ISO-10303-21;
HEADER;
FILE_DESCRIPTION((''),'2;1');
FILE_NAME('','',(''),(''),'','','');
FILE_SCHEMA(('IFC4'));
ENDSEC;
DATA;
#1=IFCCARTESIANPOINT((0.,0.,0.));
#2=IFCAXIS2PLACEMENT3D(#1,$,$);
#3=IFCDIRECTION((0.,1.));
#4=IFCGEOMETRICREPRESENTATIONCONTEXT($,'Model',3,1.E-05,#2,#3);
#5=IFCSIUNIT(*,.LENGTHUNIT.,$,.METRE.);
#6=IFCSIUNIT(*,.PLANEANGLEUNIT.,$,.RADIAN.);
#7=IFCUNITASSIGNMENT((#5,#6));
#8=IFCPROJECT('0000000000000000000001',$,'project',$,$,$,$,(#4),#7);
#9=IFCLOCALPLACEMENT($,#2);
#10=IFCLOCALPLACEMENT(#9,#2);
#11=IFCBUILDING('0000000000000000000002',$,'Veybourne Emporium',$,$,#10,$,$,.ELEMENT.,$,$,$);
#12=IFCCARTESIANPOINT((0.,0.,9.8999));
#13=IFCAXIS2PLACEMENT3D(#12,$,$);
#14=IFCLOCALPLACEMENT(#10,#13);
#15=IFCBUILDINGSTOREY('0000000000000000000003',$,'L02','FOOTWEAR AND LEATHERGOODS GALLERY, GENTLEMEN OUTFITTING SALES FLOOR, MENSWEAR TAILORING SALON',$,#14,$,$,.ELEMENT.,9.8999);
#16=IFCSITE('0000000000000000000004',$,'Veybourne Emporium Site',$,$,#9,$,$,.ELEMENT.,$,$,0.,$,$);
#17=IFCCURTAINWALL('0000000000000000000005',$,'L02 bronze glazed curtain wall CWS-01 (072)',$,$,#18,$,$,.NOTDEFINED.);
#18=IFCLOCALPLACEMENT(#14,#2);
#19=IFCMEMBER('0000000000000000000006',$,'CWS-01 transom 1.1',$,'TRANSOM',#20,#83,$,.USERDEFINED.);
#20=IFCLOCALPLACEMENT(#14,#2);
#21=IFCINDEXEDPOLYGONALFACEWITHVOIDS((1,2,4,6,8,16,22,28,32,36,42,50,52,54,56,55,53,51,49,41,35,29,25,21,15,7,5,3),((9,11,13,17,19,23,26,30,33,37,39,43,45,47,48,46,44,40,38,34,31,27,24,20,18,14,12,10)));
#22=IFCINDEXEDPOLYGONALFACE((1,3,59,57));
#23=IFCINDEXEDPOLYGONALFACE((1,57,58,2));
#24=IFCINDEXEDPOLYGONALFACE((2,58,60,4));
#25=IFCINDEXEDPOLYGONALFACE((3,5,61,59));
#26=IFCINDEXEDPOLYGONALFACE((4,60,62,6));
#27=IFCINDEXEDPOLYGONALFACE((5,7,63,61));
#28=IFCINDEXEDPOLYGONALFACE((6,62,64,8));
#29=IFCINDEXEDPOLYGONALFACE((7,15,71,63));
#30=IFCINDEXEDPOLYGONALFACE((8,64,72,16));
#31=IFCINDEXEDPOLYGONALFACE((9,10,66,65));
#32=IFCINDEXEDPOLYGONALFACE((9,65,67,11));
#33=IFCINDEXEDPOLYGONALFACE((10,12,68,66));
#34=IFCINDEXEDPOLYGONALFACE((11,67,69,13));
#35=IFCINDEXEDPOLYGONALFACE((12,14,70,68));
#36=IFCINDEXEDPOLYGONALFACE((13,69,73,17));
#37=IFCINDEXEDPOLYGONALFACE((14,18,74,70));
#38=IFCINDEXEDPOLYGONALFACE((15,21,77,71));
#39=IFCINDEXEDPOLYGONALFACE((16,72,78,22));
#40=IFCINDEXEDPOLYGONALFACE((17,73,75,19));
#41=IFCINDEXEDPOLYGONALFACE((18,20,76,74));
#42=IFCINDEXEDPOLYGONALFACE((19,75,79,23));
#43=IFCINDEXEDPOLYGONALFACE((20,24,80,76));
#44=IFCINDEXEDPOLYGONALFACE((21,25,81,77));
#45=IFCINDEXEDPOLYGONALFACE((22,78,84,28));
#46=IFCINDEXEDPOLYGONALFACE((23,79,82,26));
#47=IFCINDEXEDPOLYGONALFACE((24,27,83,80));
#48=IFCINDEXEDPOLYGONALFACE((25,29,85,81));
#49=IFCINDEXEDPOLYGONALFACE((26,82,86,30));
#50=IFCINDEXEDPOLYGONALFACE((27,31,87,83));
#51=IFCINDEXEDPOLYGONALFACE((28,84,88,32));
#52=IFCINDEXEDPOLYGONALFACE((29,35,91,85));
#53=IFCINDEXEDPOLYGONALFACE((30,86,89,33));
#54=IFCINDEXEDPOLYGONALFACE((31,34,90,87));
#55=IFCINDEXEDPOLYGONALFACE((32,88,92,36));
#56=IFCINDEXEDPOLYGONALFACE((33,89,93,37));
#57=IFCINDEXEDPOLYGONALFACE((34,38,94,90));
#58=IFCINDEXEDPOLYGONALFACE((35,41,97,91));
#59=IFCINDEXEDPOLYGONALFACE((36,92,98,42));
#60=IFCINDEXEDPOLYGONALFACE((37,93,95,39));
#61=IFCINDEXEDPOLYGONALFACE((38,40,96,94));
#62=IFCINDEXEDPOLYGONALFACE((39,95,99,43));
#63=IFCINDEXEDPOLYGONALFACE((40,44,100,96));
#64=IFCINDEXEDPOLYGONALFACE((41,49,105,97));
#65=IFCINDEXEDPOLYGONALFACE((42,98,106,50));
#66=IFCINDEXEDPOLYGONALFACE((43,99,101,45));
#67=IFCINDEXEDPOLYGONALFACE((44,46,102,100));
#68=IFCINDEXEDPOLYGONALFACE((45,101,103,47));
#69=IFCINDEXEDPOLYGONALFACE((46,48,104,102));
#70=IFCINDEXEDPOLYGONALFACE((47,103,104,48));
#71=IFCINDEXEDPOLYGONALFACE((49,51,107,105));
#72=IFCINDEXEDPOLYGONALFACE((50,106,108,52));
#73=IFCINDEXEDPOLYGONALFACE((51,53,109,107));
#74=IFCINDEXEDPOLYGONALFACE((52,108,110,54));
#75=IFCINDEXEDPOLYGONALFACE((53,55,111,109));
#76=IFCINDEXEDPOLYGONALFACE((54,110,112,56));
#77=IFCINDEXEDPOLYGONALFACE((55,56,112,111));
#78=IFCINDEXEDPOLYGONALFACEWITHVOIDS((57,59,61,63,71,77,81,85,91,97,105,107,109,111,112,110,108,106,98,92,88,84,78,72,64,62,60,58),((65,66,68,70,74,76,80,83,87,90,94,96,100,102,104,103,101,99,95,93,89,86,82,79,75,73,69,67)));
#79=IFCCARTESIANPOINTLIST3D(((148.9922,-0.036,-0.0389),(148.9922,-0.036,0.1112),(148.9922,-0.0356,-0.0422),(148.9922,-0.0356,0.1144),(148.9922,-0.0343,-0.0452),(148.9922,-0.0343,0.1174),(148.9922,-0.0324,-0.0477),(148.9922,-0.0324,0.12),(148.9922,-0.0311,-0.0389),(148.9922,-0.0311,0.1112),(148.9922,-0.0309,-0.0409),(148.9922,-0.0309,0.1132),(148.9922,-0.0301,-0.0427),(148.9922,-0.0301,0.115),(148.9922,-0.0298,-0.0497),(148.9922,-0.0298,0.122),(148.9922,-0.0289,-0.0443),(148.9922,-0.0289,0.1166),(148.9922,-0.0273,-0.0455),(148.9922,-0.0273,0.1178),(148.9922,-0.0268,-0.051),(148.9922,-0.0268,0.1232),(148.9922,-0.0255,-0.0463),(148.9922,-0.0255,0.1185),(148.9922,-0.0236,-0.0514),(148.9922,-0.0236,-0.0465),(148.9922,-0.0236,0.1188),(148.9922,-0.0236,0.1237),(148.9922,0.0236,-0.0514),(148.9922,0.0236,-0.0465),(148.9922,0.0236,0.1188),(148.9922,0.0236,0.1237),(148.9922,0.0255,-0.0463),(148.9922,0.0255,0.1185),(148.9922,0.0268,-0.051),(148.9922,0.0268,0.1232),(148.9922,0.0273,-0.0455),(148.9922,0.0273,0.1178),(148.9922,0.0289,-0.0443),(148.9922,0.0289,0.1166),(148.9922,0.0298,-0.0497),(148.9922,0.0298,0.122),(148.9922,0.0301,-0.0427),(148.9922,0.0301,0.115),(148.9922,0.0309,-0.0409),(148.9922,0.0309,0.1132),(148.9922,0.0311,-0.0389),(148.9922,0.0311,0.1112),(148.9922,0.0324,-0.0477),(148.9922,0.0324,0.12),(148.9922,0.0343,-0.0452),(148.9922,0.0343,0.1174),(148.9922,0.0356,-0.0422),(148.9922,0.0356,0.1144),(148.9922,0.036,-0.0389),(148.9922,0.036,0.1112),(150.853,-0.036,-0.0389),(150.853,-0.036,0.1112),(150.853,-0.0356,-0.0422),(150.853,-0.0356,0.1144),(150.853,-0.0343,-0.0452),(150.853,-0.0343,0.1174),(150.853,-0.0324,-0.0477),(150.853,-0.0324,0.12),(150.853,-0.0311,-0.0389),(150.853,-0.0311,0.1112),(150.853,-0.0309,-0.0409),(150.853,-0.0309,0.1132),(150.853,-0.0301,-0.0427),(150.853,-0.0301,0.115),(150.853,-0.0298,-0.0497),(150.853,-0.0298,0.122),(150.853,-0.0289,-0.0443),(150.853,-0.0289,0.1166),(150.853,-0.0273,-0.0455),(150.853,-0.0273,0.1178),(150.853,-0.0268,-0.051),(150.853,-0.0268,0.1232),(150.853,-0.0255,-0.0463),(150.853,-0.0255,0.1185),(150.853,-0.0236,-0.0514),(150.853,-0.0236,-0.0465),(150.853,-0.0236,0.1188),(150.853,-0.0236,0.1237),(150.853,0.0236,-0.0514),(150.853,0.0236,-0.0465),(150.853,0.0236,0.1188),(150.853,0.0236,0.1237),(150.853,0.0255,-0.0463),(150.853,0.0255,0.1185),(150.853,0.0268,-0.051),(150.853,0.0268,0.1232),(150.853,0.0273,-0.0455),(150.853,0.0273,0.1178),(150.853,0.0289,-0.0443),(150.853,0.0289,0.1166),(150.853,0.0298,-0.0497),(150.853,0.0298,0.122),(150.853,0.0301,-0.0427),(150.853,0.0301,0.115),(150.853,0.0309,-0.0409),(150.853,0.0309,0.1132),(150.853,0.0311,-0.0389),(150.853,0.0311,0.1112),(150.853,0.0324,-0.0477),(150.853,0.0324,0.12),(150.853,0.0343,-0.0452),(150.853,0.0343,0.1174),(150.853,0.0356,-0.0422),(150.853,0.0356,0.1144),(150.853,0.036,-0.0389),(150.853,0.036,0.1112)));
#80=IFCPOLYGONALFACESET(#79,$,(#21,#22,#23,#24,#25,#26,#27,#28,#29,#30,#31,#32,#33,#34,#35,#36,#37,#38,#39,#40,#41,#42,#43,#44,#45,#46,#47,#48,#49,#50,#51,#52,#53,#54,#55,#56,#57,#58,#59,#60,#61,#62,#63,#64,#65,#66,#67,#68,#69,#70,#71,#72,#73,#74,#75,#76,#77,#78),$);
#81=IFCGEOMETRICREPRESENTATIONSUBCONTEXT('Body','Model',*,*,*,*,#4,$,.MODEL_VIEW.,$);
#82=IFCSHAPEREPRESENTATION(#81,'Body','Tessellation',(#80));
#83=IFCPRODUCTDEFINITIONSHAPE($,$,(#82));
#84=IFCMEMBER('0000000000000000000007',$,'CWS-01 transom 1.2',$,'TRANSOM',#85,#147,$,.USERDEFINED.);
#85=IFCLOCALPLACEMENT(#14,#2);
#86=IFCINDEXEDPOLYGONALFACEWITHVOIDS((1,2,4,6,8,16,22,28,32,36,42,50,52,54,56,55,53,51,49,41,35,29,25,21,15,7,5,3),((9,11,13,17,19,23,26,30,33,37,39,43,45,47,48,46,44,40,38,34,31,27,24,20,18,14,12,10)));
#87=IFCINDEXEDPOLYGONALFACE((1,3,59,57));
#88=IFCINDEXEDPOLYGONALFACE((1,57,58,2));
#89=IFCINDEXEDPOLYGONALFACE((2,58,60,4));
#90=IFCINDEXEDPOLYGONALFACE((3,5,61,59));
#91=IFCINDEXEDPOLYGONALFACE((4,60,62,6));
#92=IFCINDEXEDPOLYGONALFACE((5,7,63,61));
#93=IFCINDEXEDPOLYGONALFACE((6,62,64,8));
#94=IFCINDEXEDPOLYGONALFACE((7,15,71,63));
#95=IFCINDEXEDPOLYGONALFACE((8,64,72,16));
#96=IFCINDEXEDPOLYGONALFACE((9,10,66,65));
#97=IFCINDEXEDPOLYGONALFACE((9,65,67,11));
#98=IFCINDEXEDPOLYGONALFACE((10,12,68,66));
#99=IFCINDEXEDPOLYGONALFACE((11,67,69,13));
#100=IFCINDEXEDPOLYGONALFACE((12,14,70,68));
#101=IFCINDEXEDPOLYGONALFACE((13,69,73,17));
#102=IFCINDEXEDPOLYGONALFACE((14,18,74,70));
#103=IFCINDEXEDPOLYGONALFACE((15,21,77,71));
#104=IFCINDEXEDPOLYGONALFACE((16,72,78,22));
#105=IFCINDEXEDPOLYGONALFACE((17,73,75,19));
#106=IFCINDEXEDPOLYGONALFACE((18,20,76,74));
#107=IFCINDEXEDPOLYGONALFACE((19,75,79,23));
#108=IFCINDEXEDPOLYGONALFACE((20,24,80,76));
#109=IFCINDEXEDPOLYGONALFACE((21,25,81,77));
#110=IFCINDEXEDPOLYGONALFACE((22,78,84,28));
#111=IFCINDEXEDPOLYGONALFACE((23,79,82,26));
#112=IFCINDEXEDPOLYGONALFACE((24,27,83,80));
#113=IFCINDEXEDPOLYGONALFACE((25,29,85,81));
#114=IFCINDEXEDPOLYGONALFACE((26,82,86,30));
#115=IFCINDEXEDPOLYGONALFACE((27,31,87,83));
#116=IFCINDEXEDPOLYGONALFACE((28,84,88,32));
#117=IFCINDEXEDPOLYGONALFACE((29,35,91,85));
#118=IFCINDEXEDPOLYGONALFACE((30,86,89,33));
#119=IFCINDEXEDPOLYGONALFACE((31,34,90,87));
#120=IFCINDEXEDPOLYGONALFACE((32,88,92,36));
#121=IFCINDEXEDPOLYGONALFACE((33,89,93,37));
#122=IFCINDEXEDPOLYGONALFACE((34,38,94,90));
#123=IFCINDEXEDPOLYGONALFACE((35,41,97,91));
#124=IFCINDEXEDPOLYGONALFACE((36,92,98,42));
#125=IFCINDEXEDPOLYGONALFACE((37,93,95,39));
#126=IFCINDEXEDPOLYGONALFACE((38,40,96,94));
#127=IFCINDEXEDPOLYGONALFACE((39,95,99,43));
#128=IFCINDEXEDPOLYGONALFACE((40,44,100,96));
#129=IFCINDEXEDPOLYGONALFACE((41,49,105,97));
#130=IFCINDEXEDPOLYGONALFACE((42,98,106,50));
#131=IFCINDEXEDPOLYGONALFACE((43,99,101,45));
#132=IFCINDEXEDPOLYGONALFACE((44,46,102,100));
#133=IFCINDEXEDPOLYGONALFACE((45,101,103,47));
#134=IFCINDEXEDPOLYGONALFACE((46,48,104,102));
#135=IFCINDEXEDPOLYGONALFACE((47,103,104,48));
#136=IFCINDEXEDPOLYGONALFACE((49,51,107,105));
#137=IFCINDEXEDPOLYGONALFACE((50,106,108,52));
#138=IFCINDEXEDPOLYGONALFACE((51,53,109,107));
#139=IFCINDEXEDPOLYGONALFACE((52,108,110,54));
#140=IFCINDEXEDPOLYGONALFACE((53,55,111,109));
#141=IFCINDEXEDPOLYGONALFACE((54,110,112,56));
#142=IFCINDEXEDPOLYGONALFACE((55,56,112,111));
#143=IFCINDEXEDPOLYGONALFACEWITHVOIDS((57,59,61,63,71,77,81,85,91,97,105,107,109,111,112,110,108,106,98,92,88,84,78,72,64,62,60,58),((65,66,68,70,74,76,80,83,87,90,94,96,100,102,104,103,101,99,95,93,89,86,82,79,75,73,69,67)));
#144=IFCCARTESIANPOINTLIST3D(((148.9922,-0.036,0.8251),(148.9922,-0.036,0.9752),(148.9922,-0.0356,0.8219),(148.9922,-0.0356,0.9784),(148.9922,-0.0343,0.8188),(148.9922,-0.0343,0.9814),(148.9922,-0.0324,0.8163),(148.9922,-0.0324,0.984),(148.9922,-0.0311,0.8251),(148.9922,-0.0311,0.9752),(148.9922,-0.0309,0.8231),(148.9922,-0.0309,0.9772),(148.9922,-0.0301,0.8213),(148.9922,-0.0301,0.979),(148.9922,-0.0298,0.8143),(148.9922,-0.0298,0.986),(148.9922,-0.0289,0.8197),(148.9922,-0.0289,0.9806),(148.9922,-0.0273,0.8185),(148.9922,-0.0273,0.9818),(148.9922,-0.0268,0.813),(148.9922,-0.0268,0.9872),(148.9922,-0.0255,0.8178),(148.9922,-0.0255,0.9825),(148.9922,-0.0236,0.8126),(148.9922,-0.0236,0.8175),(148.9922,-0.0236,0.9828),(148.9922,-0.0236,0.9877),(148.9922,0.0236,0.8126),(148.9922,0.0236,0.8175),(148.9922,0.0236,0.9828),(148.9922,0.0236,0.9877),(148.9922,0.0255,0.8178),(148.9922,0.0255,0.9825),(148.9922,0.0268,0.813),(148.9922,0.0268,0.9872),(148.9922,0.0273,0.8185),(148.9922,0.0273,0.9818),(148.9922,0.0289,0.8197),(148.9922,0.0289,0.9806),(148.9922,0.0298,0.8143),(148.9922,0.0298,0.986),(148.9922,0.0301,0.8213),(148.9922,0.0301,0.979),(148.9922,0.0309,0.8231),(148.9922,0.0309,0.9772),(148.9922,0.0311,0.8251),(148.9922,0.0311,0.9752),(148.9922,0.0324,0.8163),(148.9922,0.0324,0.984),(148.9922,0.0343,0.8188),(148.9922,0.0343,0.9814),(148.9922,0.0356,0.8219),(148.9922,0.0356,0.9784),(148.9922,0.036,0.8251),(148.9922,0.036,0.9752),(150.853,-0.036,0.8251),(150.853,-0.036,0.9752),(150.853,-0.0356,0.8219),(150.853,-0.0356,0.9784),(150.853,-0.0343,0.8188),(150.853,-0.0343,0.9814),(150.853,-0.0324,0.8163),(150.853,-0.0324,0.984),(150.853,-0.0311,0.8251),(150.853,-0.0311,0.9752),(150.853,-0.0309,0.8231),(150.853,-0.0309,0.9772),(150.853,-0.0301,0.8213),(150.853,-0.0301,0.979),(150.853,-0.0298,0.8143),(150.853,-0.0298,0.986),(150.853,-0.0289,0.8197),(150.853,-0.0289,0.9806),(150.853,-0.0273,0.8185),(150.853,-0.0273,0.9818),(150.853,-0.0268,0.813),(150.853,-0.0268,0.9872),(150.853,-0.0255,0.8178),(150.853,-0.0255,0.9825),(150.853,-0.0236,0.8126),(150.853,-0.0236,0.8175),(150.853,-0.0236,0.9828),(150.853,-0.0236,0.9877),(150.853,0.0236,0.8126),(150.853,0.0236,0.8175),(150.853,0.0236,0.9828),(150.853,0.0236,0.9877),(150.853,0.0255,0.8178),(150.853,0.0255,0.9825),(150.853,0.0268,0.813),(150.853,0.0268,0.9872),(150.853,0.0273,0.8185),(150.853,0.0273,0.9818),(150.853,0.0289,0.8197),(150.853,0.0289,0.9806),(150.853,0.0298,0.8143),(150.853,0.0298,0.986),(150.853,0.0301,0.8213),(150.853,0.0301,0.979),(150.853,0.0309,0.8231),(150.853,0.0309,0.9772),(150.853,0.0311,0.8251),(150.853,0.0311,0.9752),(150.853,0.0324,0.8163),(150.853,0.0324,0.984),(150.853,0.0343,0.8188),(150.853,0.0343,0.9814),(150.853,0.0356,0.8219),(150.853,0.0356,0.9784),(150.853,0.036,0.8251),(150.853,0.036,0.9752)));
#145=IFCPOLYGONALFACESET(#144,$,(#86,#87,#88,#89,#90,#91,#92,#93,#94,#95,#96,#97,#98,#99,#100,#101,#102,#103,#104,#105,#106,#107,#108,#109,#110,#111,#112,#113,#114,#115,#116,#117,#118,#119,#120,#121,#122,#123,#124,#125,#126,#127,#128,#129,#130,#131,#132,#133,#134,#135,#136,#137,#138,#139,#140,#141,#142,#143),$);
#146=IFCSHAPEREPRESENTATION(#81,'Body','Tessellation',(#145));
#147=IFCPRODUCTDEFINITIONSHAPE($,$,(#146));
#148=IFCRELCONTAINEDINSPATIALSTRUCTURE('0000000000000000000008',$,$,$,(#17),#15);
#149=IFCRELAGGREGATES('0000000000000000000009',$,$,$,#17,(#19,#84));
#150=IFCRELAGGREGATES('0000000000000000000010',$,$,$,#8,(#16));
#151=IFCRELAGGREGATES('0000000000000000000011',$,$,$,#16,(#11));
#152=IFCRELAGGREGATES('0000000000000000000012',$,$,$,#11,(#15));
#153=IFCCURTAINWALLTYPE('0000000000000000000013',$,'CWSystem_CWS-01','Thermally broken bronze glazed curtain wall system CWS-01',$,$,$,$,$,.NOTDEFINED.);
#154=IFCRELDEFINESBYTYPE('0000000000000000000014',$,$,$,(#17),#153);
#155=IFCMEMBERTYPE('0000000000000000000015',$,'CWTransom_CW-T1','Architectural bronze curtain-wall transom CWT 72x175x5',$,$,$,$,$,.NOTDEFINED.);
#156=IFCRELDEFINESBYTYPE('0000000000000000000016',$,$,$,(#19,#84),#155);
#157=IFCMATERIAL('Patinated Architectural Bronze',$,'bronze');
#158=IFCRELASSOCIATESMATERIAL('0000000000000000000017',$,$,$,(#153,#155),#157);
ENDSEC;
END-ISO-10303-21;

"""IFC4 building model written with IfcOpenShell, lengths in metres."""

from ifc_helpers import new_model, si_unit, direction, frame, origin, origin_2d, place, context, subcontext, project, spatial, hollow_rectangle, extrude, material, material_profile, profile_set, type_object, element, aggregate, save


model = new_model("IFC4")

# Units and contexts
model_context = context("Model", 3, precision=1e-05, world=origin(), true_north=direction((0.0, 1.0)))
body_context = subcontext(model_context, "Body", "Model", "MODEL_VIEW")
ifc_project = project(units=[si_unit("LENGTHUNIT", "METRE"), si_unit("PLANEANGLEUNIT", "RADIAN")], contexts=[model_context])

# Site, building, storey
site_placement = place(None, origin())
site = spatial("IfcSite", under=ifc_project, at=site_placement, Name="Veybourne Emporium Site", CompositionType="ELEMENT", RefElevation=0.0)
building_placement = place(site_placement, origin())
building = spatial("IfcBuilding", under=site, at=building_placement, Name="Veybourne Emporium", CompositionType="ELEMENT")
storey_placement = place(building_placement, frame((0.0, 0.0, 9.8999)))
storey = spatial("IfcBuildingStorey", under=building, at=storey_placement, Name="L02", Description="FOOTWEAR AND LEATHERGOODS GALLERY, GENTLEMEN OUTFITTING SALES FLOOR, MENSWEAR TAILORING SALON", CompositionType="ELEMENT", Elevation=9.8999)

# Curtain wall
ifc_material_1 = material(Name="Patinated Architectural Bronze", Category="bronze")
curtain_wall_type_1 = type_object("IfcCurtainWallType", Name="CWSystem_CWS-01", Description="Thermally broken bronze glazed curtain wall system CWS-01", PredefinedType="NOTDEFINED", material=ifc_material_1)
curtain_wall_1_placement = place(storey_placement, origin())
curtain_wall_1 = element("IfcCurtainWall", 1, at=curtain_wall_1_placement, inside=storey, type_object=curtain_wall_type_1, Name="L02 bronze glazed curtain wall CWS-01 (072)", PredefinedType="NOTDEFINED")

# Members
ifc_material_profile_1 = material_profile(ifc_material_1, hollow_rectangle(XDim=0.072, YDim=0.175, WallThickness=0.0049, InnerFilletRadius=0.0076, OuterFilletRadius=0.0125, at=origin_2d()), Name="CWT 72x175x5")
ifc_profile_set_1 = profile_set([ifc_material_profile_1], Name="Patinated Architectural Bronze")
member_type_1 = type_object("IfcMemberType", Name="CWTransom_CW-T1", Description="Architectural bronze curtain-wall transom CWT 72x175x5", PredefinedType="NOTDEFINED", material=ifc_profile_set_1)
member_1_placement = place(storey_placement, frame((150.853, 0.0, 0.0361), z_axis=(-1.0, 0.0, 0.0), x_axis=(0.0, -1.0, 0.0)))
member_1 = element("IfcMember", 2, at=member_1_placement, type_object=member_type_1, Name="CWS-01 transom 1.1", ObjectType="TRANSOM", PredefinedType="USERDEFINED", context=body_context, shape_type="SweptSolid", body=[
    extrude(hollow_rectangle(XDim=0.072, YDim=0.175, WallThickness=0.0049, InnerFilletRadius=0.0076, OuterFilletRadius=0.0125, at=origin_2d()), origin(), (0.0, 0.0, 1.0), 1.8608),
])
member_2_placement = place(storey_placement, frame((150.853, 0.0, 0.9001), z_axis=(-1.0, 0.0, 0.0), x_axis=(0.0, -1.0, 0.0)))
member_2 = element("IfcMember", 3, at=member_2_placement, type_object=member_type_1, Name="CWS-01 transom 1.2", ObjectType="TRANSOM", PredefinedType="USERDEFINED", context=body_context, shape_type="SweptSolid", body=[
    extrude(hollow_rectangle(XDim=0.072, YDim=0.175, WallThickness=0.0049, InnerFilletRadius=0.0076, OuterFilletRadius=0.0125, at=origin_2d()), origin(), (0.0, 0.0, 1.0), 1.8608),
])

aggregate(curtain_wall_1, [member_1, member_2])

save(model, "model.ifc")
